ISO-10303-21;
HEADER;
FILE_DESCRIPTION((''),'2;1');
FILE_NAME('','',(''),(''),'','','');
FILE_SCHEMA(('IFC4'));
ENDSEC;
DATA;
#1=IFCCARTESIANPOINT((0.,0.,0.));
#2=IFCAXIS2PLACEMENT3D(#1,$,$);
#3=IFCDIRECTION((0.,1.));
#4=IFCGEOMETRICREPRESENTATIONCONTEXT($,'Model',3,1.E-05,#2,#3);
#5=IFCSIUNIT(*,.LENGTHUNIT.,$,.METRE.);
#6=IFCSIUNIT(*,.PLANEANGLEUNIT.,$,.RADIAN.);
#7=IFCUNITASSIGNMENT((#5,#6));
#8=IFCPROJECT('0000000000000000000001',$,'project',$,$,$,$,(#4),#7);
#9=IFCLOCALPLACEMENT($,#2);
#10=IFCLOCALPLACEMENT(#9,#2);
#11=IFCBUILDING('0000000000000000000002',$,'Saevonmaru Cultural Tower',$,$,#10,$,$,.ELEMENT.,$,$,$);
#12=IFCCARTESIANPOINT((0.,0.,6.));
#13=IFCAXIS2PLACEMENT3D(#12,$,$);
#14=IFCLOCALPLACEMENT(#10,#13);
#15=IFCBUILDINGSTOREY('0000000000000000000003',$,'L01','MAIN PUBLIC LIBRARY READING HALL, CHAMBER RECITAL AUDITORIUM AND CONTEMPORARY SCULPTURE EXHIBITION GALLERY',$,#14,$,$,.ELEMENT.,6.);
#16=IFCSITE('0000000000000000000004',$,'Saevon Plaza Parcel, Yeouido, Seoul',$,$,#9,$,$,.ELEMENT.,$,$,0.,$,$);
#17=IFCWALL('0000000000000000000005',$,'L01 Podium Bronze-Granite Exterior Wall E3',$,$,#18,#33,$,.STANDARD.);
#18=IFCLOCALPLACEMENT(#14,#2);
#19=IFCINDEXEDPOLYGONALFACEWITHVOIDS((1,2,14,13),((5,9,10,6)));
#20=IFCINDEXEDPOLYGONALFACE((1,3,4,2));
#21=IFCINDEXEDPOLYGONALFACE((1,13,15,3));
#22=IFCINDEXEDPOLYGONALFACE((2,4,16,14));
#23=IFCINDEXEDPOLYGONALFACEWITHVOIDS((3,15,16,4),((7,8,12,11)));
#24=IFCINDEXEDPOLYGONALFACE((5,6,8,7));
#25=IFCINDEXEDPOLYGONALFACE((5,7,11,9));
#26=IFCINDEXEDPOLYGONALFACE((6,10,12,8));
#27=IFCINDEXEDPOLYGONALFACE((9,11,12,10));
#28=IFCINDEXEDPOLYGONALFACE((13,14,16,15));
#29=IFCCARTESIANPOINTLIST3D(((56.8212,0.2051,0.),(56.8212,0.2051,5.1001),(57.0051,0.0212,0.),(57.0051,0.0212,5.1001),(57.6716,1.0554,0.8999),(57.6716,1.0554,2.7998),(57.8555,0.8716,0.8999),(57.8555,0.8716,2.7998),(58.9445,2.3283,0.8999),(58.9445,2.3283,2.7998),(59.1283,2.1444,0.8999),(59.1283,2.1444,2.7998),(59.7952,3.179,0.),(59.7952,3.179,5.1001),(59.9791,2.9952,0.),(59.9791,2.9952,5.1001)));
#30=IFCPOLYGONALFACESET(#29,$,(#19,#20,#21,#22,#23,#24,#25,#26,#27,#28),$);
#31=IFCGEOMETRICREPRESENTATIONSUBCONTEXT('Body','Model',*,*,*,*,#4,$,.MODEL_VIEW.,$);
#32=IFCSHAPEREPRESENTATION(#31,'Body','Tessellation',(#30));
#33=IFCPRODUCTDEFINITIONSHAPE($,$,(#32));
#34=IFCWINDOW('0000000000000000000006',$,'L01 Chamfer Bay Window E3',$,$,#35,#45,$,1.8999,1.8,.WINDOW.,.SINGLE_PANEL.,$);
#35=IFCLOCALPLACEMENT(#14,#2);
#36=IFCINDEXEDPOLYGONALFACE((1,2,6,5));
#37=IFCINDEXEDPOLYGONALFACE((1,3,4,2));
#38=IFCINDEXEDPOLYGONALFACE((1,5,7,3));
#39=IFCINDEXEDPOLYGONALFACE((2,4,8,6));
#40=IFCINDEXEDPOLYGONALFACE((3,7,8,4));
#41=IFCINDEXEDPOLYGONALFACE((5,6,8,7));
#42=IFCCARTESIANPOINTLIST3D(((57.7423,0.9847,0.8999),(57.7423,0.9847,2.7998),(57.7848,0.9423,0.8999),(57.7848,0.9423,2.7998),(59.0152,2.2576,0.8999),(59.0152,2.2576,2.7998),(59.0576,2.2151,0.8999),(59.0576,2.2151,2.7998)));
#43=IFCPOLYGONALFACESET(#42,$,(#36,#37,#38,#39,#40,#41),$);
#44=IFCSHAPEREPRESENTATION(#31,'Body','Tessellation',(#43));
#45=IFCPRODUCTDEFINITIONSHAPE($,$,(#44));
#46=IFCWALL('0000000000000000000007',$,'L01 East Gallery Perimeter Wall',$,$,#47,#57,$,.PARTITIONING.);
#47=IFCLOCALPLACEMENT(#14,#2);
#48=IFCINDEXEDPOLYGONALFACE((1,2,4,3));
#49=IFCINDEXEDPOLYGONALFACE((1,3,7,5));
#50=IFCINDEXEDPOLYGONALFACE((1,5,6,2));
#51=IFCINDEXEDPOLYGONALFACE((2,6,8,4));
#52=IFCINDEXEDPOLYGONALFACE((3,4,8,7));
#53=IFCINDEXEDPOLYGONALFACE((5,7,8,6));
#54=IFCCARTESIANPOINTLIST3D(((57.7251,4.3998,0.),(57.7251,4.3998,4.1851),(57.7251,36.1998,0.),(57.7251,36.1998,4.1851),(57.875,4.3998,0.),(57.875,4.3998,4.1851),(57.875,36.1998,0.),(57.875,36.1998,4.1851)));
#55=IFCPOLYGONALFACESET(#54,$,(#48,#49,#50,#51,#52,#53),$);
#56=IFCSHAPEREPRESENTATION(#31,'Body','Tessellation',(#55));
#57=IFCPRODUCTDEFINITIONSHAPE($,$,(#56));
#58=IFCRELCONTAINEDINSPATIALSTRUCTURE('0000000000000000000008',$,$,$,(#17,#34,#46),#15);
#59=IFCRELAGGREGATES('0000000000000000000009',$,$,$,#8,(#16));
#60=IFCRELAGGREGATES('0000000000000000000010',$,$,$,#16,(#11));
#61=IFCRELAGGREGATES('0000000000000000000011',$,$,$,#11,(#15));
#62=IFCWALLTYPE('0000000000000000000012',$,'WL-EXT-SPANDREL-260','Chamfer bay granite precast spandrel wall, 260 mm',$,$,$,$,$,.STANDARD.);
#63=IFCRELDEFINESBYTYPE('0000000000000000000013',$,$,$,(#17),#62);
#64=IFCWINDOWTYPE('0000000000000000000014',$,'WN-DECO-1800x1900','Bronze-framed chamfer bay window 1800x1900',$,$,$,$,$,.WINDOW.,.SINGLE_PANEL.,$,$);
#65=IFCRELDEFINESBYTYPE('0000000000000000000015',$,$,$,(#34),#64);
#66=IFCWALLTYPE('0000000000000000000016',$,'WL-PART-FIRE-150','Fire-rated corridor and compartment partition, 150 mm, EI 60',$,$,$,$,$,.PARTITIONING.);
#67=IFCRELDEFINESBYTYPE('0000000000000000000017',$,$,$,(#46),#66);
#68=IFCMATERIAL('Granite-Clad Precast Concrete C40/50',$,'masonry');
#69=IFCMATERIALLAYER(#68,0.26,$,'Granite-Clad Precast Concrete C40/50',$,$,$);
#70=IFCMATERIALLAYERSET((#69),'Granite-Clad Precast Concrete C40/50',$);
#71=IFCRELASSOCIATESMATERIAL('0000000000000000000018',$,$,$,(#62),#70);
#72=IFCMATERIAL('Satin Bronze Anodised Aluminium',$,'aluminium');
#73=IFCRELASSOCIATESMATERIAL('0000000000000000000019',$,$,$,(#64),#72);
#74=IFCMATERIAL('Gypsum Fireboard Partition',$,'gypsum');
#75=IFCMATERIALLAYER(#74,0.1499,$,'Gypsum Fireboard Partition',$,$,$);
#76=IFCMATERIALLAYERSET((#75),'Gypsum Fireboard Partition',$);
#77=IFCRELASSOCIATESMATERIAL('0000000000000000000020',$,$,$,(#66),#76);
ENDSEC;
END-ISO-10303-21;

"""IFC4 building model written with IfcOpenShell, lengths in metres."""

from ifc_helpers import new_model, si_unit, direction, frame, frame_2d, origin, place, context, subcontext, project, spatial, rectangle, extrude, material, layer, layer_set, type_object, element, fill, save


model = new_model("IFC4")

# Units and contexts
model_context = context("Model", 3, precision=1e-05, world=origin(), true_north=direction((0.0, 1.0)))
body_context = subcontext(model_context, "Body", "Model", "MODEL_VIEW")
ifc_project = project(units=[si_unit("LENGTHUNIT", "METRE"), si_unit("PLANEANGLEUNIT", "RADIAN")], contexts=[model_context])

# Site, building, storey
site_placement = place(None, origin())
site = spatial("IfcSite", under=ifc_project, at=site_placement, Name="Saevon Plaza Parcel, Yeouido, Seoul", CompositionType="ELEMENT", RefElevation=0.0)
building_placement = place(site_placement, origin())
building = spatial("IfcBuilding", under=site, at=building_placement, Name="Saevonmaru Cultural Tower", CompositionType="ELEMENT")
storey_placement = place(building_placement, frame((0.0, 0.0, 6.0)))
storey = spatial("IfcBuildingStorey", under=building, at=storey_placement, Name="L01", Description="MAIN PUBLIC LIBRARY READING HALL, CHAMBER RECITAL AUDITORIUM AND CONTEMPORARY SCULPTURE EXHIBITION GALLERY", CompositionType="ELEMENT", Elevation=6.0)

# Shared definitions
ifc_material_1 = material(Name="Satin Bronze Anodised Aluminium", Category="aluminium")

# Wall, opening, window
ifc_material_2 = material(Name="Granite-Clad Precast Concrete C40/50", Category="masonry")
ifc_layer_1 = layer(ifc_material_2, 0.26, Name="Granite-Clad Precast Concrete C40/50")
ifc_layer_set_1 = layer_set([ifc_layer_1], Name="Granite-Clad Precast Concrete C40/50")
wall_type_1 = type_object("IfcWallType", Name="WL-EXT-SPANDREL-260", Description="Chamfer bay granite precast spandrel wall, 260 mm", PredefinedType="STANDARD", material=ifc_layer_set_1)
wall_1_placement = place(storey_placement, frame((56.9131, 0.113, 0.0), z_axis=(0.0, 0.0, 1.0), x_axis=(0.707107, 0.707107, 0.0)))
wall_1 = element("IfcWall", 1, at=wall_1_placement, inside=storey, type_object=wall_type_1, Name="L01 Podium Bronze-Granite Exterior Wall E3", PredefinedType="STANDARD", context=body_context, shape_type="SweptSolid", body=[
    extrude(rectangle(XDim=4.2058, YDim=0.26, at=frame_2d((2.103, 0.0))), origin(), (0.0, 0.0, 1.0), 5.1001),
])
opening_placement = place(wall_1_placement, frame((1.2029, 0.0, 0.8999)))
opening = element("IfcOpeningElement", 2, at=opening_placement, cuts=wall_1, PredefinedType="OPENING", context=body_context, shape_type="SweptSolid", body=[
    extrude(rectangle(XDim=1.8, YDim=1.8999, at=frame_2d((0.8999, 0.95))), frame((0.0, 0.1401, 0.0), z_axis=(0.0, -1.0, 0.0), x_axis=(1.0, 0.0, 0.0)), (0.0, 0.0, 1.0), 0.28),
])
window_type = type_object("IfcWindowType", Name="WN-DECO-1800x1900", Description="Bronze-framed chamfer bay window 1800x1900", PartitioningType="SINGLE_PANEL", PredefinedType="WINDOW", material=ifc_material_1)
window_placement = place(opening_placement, origin())
window = element("IfcWindow", 3, at=window_placement, inside=storey, type_object=window_type, Name="L01 Chamfer Bay Window E3", OverallHeight=1.8999, OverallWidth=1.8, PartitioningType="SINGLE_PANEL", PredefinedType="WINDOW", context=body_context, shape_type="SweptSolid", body=[
    extrude(rectangle(XDim=1.8, YDim=1.8999, at=frame_2d((0.8999, 0.95))), frame((0.0, 0.03, 0.0), z_axis=(0.0, -1.0, 0.0), x_axis=(1.0, 0.0, 0.0)), (0.0, 0.0, 1.0), 0.0601),
])
fill(opening, window)

# Wall
ifc_material_3 = material(Name="Gypsum Fireboard Partition", Category="gypsum")
ifc_layer_2 = layer(ifc_material_3, 0.1499, Name="Gypsum Fireboard Partition")
ifc_layer_set_2 = layer_set([ifc_layer_2], Name="Gypsum Fireboard Partition")
wall_type_2 = type_object("IfcWallType", Name="WL-PART-FIRE-150", Description="Fire-rated corridor and compartment partition, 150 mm, EI 60", PredefinedType="PARTITIONING", material=ifc_layer_set_2)
wall_2_placement = place(storey_placement, frame((57.8, 4.3999, 0.0), z_axis=(0.0, 0.0, 1.0), x_axis=(0.0, 1.0, 0.0)))
element("IfcWall", 4, at=wall_2_placement, inside=storey, type_object=wall_type_2, Name="L01 East Gallery Perimeter Wall", PredefinedType="PARTITIONING", context=body_context, shape_type="SweptSolid", body=[
    extrude(rectangle(XDim=31.8, YDim=0.1499, at=frame_2d((15.8999, 0.0))), origin(), (0.0, 0.0, 1.0), 4.1851),
])

save(model, "model.ifc")
